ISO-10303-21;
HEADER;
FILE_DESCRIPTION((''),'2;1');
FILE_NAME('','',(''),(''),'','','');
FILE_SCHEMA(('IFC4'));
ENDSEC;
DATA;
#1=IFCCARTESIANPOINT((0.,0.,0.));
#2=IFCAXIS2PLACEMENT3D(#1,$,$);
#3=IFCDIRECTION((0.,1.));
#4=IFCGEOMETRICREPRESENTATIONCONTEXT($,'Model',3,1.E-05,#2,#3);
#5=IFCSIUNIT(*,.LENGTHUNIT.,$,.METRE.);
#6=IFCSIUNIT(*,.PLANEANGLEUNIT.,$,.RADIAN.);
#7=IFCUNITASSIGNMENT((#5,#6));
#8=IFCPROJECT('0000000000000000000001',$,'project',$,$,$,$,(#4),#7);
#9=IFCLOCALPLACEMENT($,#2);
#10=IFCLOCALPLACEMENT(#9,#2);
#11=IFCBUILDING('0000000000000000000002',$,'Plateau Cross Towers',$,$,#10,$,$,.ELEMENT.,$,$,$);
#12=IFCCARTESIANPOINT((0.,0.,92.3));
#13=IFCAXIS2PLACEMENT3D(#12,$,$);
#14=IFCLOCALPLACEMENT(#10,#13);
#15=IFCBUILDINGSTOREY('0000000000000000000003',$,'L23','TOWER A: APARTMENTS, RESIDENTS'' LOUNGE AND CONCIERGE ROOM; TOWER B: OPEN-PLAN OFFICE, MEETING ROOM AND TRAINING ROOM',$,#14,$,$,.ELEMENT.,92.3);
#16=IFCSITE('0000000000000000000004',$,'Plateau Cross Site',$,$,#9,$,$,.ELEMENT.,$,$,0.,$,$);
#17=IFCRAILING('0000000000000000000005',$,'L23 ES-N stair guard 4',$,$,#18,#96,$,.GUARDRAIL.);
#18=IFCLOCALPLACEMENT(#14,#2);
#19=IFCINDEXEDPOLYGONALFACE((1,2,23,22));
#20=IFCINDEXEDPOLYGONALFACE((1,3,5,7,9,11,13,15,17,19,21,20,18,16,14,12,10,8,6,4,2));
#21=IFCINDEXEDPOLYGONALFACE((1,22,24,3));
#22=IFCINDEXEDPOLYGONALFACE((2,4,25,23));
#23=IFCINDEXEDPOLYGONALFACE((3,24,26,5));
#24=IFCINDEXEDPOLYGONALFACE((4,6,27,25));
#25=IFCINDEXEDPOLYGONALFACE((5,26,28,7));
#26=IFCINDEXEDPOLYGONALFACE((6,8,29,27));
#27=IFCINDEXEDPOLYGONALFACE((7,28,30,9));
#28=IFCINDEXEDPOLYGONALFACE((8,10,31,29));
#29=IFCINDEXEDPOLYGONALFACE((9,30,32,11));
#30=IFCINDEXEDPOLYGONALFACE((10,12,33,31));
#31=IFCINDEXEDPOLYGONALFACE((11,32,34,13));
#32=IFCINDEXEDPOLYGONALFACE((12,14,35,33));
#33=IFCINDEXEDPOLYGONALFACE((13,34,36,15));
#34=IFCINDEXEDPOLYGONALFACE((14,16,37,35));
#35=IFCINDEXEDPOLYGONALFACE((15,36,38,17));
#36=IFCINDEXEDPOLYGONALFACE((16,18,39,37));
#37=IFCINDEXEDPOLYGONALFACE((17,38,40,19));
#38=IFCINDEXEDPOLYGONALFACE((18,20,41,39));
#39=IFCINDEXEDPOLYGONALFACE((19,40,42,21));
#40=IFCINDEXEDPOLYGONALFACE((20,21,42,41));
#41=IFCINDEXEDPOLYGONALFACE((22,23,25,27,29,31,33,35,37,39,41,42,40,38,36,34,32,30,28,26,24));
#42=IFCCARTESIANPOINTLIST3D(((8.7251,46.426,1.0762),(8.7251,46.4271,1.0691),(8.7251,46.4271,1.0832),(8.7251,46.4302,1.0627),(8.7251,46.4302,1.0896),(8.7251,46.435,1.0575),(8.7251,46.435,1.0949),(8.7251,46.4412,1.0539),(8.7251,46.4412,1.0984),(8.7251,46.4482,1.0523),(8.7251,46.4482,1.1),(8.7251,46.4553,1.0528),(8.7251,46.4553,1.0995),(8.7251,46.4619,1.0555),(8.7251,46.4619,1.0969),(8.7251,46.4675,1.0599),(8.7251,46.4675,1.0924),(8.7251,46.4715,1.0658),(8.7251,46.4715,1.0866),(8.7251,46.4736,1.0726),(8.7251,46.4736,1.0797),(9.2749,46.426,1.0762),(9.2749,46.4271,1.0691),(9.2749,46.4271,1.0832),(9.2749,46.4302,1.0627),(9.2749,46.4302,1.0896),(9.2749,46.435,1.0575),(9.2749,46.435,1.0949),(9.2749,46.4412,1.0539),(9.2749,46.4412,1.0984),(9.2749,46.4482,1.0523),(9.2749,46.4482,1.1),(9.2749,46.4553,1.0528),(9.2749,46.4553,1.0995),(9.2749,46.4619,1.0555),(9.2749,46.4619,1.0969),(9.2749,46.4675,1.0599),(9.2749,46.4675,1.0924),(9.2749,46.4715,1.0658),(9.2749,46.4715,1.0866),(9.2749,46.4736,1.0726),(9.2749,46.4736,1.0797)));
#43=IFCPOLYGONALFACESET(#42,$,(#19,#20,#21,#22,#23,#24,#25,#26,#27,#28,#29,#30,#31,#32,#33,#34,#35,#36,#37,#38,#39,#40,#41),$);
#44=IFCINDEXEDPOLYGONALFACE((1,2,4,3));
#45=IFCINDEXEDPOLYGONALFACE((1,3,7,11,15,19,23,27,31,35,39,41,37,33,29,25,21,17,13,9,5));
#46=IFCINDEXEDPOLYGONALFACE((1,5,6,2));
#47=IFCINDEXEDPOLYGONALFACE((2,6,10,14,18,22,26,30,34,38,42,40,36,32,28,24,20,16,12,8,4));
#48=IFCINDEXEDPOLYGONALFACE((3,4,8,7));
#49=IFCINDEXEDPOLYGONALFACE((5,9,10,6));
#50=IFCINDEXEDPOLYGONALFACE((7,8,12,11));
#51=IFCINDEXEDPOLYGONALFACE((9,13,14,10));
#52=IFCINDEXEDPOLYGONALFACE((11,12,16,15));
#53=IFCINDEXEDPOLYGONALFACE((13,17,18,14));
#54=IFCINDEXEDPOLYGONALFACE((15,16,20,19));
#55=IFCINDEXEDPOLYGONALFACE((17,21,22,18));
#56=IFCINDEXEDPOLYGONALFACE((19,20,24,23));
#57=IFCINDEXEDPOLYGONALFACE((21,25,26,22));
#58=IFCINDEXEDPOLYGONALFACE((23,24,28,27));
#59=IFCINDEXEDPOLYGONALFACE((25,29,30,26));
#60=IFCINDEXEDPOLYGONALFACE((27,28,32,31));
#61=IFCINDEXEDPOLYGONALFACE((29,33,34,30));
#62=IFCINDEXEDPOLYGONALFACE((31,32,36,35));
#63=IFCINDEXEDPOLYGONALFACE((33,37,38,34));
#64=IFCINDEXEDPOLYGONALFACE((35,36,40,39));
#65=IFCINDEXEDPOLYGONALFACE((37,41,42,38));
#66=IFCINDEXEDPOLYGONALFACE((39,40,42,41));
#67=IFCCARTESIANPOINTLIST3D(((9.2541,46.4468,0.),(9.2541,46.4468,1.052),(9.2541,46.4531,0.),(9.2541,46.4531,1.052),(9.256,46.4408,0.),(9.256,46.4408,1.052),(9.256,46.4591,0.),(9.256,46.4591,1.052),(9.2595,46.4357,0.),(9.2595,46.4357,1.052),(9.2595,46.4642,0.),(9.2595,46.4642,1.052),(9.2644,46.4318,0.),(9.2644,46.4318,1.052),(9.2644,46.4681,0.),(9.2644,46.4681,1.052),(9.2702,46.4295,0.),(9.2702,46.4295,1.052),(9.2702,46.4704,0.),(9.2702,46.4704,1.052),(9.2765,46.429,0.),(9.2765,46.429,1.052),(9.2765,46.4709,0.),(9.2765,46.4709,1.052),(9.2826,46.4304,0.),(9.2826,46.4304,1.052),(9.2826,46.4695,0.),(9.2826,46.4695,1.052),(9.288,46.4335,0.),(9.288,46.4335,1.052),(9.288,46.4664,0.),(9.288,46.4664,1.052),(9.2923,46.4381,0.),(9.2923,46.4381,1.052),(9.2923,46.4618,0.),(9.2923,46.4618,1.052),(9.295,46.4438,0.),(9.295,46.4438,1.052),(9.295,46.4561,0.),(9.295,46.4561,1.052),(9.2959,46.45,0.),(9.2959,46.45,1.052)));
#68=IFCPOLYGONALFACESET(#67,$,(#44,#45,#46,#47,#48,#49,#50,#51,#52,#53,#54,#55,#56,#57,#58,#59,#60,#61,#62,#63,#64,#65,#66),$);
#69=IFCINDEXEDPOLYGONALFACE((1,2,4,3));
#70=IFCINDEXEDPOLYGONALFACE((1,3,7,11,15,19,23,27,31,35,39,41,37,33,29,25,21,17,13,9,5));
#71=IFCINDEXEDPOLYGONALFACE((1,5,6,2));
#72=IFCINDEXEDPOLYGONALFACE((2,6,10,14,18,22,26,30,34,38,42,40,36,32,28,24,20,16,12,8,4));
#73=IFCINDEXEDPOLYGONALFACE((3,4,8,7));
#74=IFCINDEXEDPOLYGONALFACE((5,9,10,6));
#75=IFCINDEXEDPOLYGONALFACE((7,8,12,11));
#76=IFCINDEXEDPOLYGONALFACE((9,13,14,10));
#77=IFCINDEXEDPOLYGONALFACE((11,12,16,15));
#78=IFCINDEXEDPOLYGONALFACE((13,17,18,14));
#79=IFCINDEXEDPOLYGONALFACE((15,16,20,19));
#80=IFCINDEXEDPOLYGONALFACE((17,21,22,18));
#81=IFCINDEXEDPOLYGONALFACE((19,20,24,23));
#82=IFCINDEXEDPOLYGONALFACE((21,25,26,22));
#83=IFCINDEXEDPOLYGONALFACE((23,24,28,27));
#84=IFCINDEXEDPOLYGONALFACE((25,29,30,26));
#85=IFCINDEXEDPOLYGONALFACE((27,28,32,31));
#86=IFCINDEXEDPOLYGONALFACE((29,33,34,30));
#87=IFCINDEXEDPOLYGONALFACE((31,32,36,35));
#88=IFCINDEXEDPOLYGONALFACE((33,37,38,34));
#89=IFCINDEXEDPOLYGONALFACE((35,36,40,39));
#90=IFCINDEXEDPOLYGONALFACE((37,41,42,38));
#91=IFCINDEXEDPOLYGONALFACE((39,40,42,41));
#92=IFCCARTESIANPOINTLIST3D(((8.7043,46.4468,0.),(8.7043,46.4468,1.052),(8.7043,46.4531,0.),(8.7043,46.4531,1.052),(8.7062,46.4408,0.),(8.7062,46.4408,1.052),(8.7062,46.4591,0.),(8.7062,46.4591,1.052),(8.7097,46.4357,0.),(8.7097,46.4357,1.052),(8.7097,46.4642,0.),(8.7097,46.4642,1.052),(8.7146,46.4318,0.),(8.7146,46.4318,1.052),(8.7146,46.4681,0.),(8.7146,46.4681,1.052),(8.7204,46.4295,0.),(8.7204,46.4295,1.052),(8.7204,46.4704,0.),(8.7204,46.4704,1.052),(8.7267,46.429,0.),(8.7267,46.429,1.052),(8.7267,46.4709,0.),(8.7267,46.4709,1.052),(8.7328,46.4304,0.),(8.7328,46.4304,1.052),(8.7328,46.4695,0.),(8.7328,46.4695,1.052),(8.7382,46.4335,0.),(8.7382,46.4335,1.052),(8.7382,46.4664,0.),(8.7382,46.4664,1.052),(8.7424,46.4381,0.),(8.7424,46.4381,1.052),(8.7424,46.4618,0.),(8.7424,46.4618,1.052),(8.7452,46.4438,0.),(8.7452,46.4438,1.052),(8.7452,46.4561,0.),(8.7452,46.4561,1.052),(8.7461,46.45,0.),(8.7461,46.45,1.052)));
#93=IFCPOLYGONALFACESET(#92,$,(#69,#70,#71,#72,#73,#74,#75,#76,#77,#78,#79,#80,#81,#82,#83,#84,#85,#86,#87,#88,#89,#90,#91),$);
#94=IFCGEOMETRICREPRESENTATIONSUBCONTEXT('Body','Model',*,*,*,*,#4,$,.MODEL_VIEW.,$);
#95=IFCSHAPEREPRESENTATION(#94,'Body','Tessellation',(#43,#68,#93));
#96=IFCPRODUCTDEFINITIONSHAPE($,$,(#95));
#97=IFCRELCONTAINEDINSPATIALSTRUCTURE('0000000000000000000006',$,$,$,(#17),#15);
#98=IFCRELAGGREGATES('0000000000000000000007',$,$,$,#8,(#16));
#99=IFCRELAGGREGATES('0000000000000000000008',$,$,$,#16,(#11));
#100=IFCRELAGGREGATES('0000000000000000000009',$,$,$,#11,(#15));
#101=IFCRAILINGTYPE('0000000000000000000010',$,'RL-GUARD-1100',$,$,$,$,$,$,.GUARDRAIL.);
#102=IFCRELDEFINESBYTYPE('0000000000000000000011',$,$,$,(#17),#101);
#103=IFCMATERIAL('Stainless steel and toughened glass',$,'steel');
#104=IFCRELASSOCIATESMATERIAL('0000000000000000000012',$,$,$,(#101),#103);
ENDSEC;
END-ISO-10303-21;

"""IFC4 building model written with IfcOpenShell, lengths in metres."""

from ifc_helpers import new_model, si_unit, direction, frame, origin, origin_2d, place, context, subcontext, project, spatial, circle, extrude, material, type_object, element, save


model = new_model("IFC4")

# Units and contexts
model_context = context("Model", 3, precision=1e-05, world=origin(), true_north=direction((0.0, 1.0)))
body_context = subcontext(model_context, "Body", "Model", "MODEL_VIEW")
ifc_project = project(units=[si_unit("LENGTHUNIT", "METRE"), si_unit("PLANEANGLEUNIT", "RADIAN")], contexts=[model_context])

# Site, building, storey
site_placement = place(None, origin())
site = spatial("IfcSite", under=ifc_project, at=site_placement, Name="Plateau Cross Site", CompositionType="ELEMENT", RefElevation=0.0)
building_placement = place(site_placement, origin())
building = spatial("IfcBuilding", under=site, at=building_placement, Name="Plateau Cross Towers", CompositionType="ELEMENT")
storey_placement = place(building_placement, frame((0.0, 0.0, 92.3)))
storey = spatial("IfcBuildingStorey", under=building, at=storey_placement, Name="L23", Description="TOWER A: APARTMENTS, RESIDENTS' LOUNGE AND CONCIERGE ROOM; TOWER B: OPEN-PLAN OFFICE, MEETING ROOM AND TRAINING ROOM", CompositionType="ELEMENT", Elevation=92.3)

# Railing
ifc_material_1 = material(Name="Stainless steel and toughened glass", Category="steel")
railing_type_1 = type_object("IfcRailingType", Name="RL-GUARD-1100", PredefinedType="GUARDRAIL", material=ifc_material_1)
railing_1_placement = place(storey_placement, frame((9.2749, 46.45, 0.0)))
element("IfcRailing", 1, at=railing_1_placement, inside=storey, type_object=railing_type_1, Name="L23 ES-N stair guard 4", PredefinedType="GUARDRAIL", context=body_context, shape_type="SweptSolid", body=[
    extrude(circle(Radius=0.0239, at=origin_2d()), frame((0.0, 0.0, 1.0762), z_axis=(-1.0, 0.0, 0.0), x_axis=(0.0, -1.0, 0.0)), (0.0, 0.0, 1.0), 0.5498),
    extrude(circle(Radius=0.021, at=origin_2d()), origin(), (0.0, 0.0, 1.0), 1.052),
    extrude(circle(Radius=0.021, at=origin_2d()), frame((-0.5498, 0.0, 0.0)), (0.0, 0.0, 1.0), 1.052),
])

save(model, "model.ifc")
